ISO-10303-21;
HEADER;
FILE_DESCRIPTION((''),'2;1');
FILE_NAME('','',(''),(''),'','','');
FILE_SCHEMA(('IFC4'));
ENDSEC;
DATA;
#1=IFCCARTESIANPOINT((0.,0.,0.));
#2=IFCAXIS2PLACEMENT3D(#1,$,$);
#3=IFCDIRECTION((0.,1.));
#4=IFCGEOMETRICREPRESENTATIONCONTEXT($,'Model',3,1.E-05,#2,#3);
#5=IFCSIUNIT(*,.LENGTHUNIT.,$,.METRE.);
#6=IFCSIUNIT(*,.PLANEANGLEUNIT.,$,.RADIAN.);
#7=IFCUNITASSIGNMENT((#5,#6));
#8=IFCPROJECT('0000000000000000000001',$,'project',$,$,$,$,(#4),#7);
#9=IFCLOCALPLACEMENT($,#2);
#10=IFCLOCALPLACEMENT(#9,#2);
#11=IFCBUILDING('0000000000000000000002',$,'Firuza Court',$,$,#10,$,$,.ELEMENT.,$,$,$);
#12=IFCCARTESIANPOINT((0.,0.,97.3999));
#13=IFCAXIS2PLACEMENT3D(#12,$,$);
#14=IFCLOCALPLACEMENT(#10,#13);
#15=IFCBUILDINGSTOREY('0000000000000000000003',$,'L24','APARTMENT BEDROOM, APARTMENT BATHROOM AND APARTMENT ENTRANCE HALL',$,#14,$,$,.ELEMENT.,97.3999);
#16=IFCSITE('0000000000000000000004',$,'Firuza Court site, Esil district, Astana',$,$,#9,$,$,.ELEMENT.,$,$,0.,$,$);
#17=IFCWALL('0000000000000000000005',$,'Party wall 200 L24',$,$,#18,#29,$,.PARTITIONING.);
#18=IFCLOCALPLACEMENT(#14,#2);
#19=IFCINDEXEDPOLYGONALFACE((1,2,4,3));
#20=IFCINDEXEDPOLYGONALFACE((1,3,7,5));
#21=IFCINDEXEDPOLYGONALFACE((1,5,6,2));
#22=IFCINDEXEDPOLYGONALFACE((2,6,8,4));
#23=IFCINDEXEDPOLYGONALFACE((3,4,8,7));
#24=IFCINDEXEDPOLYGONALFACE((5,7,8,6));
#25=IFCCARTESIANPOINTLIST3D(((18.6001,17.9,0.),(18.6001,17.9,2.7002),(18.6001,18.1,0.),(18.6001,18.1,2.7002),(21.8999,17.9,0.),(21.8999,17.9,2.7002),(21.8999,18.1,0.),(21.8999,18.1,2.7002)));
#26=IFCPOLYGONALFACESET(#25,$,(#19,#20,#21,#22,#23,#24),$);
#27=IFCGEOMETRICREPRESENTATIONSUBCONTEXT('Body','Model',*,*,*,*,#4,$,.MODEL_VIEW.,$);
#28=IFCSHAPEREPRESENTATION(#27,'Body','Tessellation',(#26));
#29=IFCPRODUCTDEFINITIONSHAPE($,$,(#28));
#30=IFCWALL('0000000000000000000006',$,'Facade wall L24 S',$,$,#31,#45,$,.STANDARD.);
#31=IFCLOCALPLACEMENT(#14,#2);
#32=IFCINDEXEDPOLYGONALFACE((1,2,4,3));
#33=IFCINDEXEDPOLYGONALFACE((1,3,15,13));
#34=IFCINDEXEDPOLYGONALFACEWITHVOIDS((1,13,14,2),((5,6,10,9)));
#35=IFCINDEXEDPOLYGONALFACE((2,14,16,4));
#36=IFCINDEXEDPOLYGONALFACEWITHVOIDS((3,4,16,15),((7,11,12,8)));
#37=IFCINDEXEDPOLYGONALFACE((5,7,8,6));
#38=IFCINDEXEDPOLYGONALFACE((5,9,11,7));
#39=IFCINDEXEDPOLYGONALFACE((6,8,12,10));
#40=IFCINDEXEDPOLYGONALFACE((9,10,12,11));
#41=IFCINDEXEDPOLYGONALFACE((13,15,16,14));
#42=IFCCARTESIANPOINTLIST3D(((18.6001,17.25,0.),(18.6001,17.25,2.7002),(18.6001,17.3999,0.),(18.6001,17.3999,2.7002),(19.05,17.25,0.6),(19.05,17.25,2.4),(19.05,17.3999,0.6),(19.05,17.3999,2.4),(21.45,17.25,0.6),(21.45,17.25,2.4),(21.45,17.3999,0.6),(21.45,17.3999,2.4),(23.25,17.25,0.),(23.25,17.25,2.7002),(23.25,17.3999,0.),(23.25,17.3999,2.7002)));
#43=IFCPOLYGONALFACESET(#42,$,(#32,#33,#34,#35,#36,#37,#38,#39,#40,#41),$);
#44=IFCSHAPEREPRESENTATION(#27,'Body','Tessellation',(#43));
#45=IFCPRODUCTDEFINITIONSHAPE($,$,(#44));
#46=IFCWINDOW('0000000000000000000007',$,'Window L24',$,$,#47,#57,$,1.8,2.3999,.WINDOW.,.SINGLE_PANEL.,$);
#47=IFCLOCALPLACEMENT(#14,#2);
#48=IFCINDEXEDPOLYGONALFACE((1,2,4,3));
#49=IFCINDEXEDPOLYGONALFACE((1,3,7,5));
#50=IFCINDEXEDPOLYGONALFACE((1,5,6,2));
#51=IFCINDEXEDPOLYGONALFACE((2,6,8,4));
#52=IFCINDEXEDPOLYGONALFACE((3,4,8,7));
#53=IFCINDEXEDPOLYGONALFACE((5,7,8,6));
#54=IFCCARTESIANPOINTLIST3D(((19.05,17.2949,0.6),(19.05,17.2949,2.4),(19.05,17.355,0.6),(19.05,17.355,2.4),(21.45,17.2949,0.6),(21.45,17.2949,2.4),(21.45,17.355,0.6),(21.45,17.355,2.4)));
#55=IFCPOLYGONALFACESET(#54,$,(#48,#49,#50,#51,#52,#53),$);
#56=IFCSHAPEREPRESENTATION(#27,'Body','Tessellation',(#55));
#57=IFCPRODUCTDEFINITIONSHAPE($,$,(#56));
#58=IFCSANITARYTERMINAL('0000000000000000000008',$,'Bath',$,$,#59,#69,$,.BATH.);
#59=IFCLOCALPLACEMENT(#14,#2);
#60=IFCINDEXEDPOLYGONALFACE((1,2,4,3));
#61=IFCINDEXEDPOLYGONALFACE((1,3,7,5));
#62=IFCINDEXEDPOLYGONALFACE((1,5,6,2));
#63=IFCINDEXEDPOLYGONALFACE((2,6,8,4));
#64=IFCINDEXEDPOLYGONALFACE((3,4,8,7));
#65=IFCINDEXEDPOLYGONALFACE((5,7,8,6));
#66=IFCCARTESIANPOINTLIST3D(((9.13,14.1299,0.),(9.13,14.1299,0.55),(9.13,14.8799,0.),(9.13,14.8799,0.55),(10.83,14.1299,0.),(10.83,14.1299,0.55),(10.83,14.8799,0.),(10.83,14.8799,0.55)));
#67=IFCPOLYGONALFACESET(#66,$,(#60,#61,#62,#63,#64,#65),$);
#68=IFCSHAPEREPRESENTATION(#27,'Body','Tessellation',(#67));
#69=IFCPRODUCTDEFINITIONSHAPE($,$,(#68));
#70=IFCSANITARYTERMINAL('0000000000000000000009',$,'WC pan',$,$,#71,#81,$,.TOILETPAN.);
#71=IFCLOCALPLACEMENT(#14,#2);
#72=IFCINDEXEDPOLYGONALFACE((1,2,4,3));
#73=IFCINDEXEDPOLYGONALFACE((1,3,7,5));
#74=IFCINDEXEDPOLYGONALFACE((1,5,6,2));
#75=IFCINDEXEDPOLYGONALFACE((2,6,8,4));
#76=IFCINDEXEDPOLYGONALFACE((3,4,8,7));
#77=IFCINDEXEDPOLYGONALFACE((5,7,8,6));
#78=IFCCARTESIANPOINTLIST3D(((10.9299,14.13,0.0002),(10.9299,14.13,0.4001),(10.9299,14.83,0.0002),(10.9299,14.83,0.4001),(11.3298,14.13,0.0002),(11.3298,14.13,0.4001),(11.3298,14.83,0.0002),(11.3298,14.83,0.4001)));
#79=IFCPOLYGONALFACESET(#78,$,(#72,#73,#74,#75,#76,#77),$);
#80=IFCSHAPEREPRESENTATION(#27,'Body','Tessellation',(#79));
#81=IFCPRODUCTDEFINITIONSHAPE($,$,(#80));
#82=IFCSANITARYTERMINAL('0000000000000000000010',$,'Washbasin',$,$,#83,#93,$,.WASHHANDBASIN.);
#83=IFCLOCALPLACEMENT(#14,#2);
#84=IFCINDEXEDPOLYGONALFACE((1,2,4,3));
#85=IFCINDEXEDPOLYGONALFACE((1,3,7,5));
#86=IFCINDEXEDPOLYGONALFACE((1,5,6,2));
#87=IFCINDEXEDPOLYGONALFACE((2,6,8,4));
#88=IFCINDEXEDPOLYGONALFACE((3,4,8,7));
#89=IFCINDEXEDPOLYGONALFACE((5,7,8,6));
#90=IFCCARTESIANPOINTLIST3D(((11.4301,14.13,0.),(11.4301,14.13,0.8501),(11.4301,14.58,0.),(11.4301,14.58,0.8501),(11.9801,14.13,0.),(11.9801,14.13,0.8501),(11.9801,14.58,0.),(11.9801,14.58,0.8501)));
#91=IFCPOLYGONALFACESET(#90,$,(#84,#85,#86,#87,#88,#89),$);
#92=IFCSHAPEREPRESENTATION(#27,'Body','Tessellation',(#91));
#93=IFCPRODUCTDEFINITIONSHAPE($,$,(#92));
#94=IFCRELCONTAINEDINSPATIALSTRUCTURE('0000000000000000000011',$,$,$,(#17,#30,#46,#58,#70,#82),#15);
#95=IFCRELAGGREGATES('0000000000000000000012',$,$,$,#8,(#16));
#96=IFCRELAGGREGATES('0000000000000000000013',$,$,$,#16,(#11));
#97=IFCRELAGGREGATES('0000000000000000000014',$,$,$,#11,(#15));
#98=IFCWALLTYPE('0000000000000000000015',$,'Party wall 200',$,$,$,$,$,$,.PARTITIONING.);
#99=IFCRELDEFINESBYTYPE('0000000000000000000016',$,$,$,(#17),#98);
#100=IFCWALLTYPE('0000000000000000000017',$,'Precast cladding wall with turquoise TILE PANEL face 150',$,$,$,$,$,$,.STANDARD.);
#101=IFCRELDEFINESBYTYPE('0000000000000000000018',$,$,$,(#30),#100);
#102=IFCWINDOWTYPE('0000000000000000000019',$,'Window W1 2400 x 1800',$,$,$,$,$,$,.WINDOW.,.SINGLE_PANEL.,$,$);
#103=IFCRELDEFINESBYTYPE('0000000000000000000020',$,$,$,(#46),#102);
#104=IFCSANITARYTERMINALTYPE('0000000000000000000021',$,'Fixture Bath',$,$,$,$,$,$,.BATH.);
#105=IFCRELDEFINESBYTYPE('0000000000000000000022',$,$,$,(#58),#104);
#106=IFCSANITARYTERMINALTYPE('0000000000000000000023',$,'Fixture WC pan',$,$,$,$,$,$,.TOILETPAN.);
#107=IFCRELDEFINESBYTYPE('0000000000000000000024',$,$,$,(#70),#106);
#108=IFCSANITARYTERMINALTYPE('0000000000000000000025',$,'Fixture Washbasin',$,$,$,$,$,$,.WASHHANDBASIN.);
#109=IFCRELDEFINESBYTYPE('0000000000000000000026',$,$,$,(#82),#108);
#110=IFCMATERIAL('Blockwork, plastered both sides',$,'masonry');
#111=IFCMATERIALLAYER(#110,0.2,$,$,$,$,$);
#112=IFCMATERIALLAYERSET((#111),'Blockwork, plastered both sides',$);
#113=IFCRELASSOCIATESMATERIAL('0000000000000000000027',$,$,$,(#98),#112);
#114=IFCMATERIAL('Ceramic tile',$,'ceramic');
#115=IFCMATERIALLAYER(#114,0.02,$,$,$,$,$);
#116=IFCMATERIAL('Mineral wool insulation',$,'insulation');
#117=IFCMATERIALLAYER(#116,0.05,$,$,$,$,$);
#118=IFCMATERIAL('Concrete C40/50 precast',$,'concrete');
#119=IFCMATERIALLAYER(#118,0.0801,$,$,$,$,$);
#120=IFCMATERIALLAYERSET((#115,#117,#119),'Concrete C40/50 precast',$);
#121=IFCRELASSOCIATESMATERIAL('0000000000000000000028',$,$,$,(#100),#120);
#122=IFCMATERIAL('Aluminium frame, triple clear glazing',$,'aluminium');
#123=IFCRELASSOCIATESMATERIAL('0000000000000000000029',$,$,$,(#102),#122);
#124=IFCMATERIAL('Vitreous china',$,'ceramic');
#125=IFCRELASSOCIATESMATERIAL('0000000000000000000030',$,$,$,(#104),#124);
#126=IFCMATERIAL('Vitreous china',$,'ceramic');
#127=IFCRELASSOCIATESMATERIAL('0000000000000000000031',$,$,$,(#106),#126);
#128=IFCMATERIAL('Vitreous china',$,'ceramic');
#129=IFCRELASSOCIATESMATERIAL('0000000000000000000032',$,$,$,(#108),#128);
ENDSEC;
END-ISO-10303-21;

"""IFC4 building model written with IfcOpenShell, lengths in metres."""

from ifc_helpers import new_model, si_unit, direction, frame, frame_2d, origin, origin_2d, place, context, subcontext, project, spatial, rectangle, extrude, material, layer, layer_set, type_object, element, fill, save


model = new_model("IFC4")

# Units and contexts
model_context = context("Model", 3, precision=1e-05, world=origin(), true_north=direction((0.0, 1.0)))
body_context = subcontext(model_context, "Body", "Model", "MODEL_VIEW")
ifc_project = project(units=[si_unit("LENGTHUNIT", "METRE"), si_unit("PLANEANGLEUNIT", "RADIAN")], contexts=[model_context])

# Site, building, storey
site_placement = place(None, origin())
site = spatial("IfcSite", under=ifc_project, at=site_placement, Name="Firuza Court site, Esil district, Astana", CompositionType="ELEMENT", RefElevation=0.0)
building_placement = place(site_placement, origin())
building = spatial("IfcBuilding", under=site, at=building_placement, Name="Firuza Court", CompositionType="ELEMENT")
storey_placement = place(building_placement, frame((0.0, 0.0, 97.3999)))
storey = spatial("IfcBuildingStorey", under=building, at=storey_placement, Name="L24", Description="APARTMENT BEDROOM, APARTMENT BATHROOM AND APARTMENT ENTRANCE HALL", CompositionType="ELEMENT", Elevation=97.3999)

# Wall
ifc_material_1 = material(Name="Blockwork, plastered both sides", Category="masonry")
ifc_layer_1 = layer(ifc_material_1, 0.2)
ifc_layer_set_1 = layer_set([ifc_layer_1], Name="Blockwork, plastered both sides")
wall_type_1 = type_object("IfcWallType", Name="Party wall 200", PredefinedType="PARTITIONING", material=ifc_layer_set_1)
wall_1_placement = place(storey_placement, frame((18.6001, 18.0, 0.0), z_axis=(0.0, 0.0, 1.0), x_axis=(1.0, 0.0, 0.0)))
element("IfcWall", 1, at=wall_1_placement, inside=storey, type_object=wall_type_1, Name="Party wall 200 L24", PredefinedType="PARTITIONING", context=body_context, shape_type="SweptSolid", body=[
    extrude(rectangle(XDim=3.2998, YDim=0.2, at=frame_2d((1.6499, 0.0))), origin(), (0.0, 0.0, 1.0), 2.7002),
])

# Wall, opening, window
ifc_material_2 = material(Name="Ceramic tile", Category="ceramic")
ifc_layer_2 = layer(ifc_material_2, 0.02)
ifc_material_3 = material(Name="Mineral wool insulation", Category="insulation")
ifc_layer_3 = layer(ifc_material_3, 0.05)
ifc_material_4 = material(Name="Concrete C40/50 precast", Category="concrete")
ifc_layer_4 = layer(ifc_material_4, 0.0801)
ifc_layer_set_2 = layer_set([ifc_layer_2, ifc_layer_3, ifc_layer_4], Name="Concrete C40/50 precast")
wall_type_2 = type_object("IfcWallType", Name="Precast cladding wall with turquoise TILE PANEL face 150", PredefinedType="STANDARD", material=ifc_layer_set_2)
wall_2_placement = place(storey_placement, frame((18.6001, 17.325, 0.0), z_axis=(0.0, 0.0, 1.0), x_axis=(1.0, 0.0, 0.0)))
wall_2 = element("IfcWall", 2, at=wall_2_placement, inside=storey, type_object=wall_type_2, Name="Facade wall L24 S", PredefinedType="STANDARD", context=body_context, shape_type="SweptSolid", body=[
    extrude(rectangle(XDim=4.6499, YDim=0.1499, at=frame_2d((2.325, 0.0))), origin(), (0.0, 0.0, 1.0), 2.7002),
])
opening_1_placement = place(wall_2_placement, frame((0.45, 0.0, 0.6001)))
opening_1 = element("IfcOpeningElement", 3, at=opening_1_placement, cuts=wall_2, PredefinedType="OPENING", context=body_context, shape_type="SweptSolid", body=[
    extrude(rectangle(XDim=2.3999, YDim=1.8, at=frame_2d((1.2, 0.8999))), frame((0.0, 0.0869, 0.0), z_axis=(0.0, -1.0, 0.0), x_axis=(1.0, 0.0, 0.0)), (0.0, 0.0, 1.0), 0.1738),
])
ifc_material_5 = material(Name="Aluminium frame, triple clear glazing", Category="aluminium")
window_type = type_object("IfcWindowType", Name="Window W1 2400 x 1800", PartitioningType="SINGLE_PANEL", PredefinedType="WINDOW", material=ifc_material_5)
window_placement = place(opening_1_placement, origin())
window = element("IfcWindow", 4, at=window_placement, inside=storey, type_object=window_type, Name="Window L24", OverallHeight=1.8, OverallWidth=2.3999, PartitioningType="SINGLE_PANEL", PredefinedType="WINDOW", context=body_context, shape_type="SweptSolid", body=[
    extrude(rectangle(XDim=2.3999, YDim=1.8, at=frame_2d((1.2, 0.8999))), frame((0.0, 0.03, 0.0), z_axis=(0.0, -1.0, 0.0), x_axis=(1.0, 0.0, 0.0)), (0.0, 0.0, 1.0), 0.0601),
])
fill(opening_1, window)

# Sanitary terminals
ifc_material_6 = material(Name="Vitreous china", Category="ceramic")
sanitary_terminal_type_1 = type_object("IfcSanitaryTerminalType", Name="Fixture Bath", PredefinedType="BATH", material=ifc_material_6)
sanitary_terminal_1_placement = place(storey_placement, frame((9.98, 14.5049, 0.0), z_axis=(0.0, 0.0, 1.0), x_axis=(1.0, 0.0, 0.0)))
element("IfcSanitaryTerminal", 5, at=sanitary_terminal_1_placement, inside=storey, type_object=sanitary_terminal_type_1, Name="Bath", PredefinedType="BATH", context=body_context, shape_type="SweptSolid", body=[
    extrude(rectangle(XDim=1.7, YDim=0.75, at=origin_2d()), origin(), (0.0, 0.0, 1.0), 0.55),
])
ifc_material_7 = material(Name="Vitreous china", Category="ceramic")
sanitary_terminal_type_2 = type_object("IfcSanitaryTerminalType", Name="Fixture WC pan", PredefinedType="TOILETPAN", material=ifc_material_7)
sanitary_terminal_2_placement = place(storey_placement, frame((11.1299, 14.48, 0.0002), z_axis=(0.0, 0.0, 1.0), x_axis=(1.0, 0.0, 0.0)))
element("IfcSanitaryTerminal", 6, at=sanitary_terminal_2_placement, inside=storey, type_object=sanitary_terminal_type_2, Name="WC pan", PredefinedType="TOILETPAN", context=body_context, shape_type="SweptSolid", body=[
    extrude(rectangle(XDim=0.3999, YDim=0.7, at=origin_2d()), origin(), (0.0, 0.0, 1.0), 0.3999),
])
ifc_material_8 = material(Name="Vitreous china", Category="ceramic")
sanitary_terminal_type_3 = type_object("IfcSanitaryTerminalType", Name="Fixture Washbasin", PredefinedType="WASHHANDBASIN", material=ifc_material_8)
sanitary_terminal_3_placement = place(storey_placement, frame((11.7051, 14.355, 0.0), z_axis=(0.0, 0.0, 1.0), x_axis=(1.0, 0.0, 0.0)))
element("IfcSanitaryTerminal", 7, at=sanitary_terminal_3_placement, inside=storey, type_object=sanitary_terminal_type_3, Name="Washbasin", PredefinedType="WASHHANDBASIN", context=body_context, shape_type="SweptSolid", body=[
    extrude(rectangle(XDim=0.55, YDim=0.45, at=origin_2d()), origin(), (0.0, 0.0, 1.0), 0.8501),
])

save(model, "model.ifc")
